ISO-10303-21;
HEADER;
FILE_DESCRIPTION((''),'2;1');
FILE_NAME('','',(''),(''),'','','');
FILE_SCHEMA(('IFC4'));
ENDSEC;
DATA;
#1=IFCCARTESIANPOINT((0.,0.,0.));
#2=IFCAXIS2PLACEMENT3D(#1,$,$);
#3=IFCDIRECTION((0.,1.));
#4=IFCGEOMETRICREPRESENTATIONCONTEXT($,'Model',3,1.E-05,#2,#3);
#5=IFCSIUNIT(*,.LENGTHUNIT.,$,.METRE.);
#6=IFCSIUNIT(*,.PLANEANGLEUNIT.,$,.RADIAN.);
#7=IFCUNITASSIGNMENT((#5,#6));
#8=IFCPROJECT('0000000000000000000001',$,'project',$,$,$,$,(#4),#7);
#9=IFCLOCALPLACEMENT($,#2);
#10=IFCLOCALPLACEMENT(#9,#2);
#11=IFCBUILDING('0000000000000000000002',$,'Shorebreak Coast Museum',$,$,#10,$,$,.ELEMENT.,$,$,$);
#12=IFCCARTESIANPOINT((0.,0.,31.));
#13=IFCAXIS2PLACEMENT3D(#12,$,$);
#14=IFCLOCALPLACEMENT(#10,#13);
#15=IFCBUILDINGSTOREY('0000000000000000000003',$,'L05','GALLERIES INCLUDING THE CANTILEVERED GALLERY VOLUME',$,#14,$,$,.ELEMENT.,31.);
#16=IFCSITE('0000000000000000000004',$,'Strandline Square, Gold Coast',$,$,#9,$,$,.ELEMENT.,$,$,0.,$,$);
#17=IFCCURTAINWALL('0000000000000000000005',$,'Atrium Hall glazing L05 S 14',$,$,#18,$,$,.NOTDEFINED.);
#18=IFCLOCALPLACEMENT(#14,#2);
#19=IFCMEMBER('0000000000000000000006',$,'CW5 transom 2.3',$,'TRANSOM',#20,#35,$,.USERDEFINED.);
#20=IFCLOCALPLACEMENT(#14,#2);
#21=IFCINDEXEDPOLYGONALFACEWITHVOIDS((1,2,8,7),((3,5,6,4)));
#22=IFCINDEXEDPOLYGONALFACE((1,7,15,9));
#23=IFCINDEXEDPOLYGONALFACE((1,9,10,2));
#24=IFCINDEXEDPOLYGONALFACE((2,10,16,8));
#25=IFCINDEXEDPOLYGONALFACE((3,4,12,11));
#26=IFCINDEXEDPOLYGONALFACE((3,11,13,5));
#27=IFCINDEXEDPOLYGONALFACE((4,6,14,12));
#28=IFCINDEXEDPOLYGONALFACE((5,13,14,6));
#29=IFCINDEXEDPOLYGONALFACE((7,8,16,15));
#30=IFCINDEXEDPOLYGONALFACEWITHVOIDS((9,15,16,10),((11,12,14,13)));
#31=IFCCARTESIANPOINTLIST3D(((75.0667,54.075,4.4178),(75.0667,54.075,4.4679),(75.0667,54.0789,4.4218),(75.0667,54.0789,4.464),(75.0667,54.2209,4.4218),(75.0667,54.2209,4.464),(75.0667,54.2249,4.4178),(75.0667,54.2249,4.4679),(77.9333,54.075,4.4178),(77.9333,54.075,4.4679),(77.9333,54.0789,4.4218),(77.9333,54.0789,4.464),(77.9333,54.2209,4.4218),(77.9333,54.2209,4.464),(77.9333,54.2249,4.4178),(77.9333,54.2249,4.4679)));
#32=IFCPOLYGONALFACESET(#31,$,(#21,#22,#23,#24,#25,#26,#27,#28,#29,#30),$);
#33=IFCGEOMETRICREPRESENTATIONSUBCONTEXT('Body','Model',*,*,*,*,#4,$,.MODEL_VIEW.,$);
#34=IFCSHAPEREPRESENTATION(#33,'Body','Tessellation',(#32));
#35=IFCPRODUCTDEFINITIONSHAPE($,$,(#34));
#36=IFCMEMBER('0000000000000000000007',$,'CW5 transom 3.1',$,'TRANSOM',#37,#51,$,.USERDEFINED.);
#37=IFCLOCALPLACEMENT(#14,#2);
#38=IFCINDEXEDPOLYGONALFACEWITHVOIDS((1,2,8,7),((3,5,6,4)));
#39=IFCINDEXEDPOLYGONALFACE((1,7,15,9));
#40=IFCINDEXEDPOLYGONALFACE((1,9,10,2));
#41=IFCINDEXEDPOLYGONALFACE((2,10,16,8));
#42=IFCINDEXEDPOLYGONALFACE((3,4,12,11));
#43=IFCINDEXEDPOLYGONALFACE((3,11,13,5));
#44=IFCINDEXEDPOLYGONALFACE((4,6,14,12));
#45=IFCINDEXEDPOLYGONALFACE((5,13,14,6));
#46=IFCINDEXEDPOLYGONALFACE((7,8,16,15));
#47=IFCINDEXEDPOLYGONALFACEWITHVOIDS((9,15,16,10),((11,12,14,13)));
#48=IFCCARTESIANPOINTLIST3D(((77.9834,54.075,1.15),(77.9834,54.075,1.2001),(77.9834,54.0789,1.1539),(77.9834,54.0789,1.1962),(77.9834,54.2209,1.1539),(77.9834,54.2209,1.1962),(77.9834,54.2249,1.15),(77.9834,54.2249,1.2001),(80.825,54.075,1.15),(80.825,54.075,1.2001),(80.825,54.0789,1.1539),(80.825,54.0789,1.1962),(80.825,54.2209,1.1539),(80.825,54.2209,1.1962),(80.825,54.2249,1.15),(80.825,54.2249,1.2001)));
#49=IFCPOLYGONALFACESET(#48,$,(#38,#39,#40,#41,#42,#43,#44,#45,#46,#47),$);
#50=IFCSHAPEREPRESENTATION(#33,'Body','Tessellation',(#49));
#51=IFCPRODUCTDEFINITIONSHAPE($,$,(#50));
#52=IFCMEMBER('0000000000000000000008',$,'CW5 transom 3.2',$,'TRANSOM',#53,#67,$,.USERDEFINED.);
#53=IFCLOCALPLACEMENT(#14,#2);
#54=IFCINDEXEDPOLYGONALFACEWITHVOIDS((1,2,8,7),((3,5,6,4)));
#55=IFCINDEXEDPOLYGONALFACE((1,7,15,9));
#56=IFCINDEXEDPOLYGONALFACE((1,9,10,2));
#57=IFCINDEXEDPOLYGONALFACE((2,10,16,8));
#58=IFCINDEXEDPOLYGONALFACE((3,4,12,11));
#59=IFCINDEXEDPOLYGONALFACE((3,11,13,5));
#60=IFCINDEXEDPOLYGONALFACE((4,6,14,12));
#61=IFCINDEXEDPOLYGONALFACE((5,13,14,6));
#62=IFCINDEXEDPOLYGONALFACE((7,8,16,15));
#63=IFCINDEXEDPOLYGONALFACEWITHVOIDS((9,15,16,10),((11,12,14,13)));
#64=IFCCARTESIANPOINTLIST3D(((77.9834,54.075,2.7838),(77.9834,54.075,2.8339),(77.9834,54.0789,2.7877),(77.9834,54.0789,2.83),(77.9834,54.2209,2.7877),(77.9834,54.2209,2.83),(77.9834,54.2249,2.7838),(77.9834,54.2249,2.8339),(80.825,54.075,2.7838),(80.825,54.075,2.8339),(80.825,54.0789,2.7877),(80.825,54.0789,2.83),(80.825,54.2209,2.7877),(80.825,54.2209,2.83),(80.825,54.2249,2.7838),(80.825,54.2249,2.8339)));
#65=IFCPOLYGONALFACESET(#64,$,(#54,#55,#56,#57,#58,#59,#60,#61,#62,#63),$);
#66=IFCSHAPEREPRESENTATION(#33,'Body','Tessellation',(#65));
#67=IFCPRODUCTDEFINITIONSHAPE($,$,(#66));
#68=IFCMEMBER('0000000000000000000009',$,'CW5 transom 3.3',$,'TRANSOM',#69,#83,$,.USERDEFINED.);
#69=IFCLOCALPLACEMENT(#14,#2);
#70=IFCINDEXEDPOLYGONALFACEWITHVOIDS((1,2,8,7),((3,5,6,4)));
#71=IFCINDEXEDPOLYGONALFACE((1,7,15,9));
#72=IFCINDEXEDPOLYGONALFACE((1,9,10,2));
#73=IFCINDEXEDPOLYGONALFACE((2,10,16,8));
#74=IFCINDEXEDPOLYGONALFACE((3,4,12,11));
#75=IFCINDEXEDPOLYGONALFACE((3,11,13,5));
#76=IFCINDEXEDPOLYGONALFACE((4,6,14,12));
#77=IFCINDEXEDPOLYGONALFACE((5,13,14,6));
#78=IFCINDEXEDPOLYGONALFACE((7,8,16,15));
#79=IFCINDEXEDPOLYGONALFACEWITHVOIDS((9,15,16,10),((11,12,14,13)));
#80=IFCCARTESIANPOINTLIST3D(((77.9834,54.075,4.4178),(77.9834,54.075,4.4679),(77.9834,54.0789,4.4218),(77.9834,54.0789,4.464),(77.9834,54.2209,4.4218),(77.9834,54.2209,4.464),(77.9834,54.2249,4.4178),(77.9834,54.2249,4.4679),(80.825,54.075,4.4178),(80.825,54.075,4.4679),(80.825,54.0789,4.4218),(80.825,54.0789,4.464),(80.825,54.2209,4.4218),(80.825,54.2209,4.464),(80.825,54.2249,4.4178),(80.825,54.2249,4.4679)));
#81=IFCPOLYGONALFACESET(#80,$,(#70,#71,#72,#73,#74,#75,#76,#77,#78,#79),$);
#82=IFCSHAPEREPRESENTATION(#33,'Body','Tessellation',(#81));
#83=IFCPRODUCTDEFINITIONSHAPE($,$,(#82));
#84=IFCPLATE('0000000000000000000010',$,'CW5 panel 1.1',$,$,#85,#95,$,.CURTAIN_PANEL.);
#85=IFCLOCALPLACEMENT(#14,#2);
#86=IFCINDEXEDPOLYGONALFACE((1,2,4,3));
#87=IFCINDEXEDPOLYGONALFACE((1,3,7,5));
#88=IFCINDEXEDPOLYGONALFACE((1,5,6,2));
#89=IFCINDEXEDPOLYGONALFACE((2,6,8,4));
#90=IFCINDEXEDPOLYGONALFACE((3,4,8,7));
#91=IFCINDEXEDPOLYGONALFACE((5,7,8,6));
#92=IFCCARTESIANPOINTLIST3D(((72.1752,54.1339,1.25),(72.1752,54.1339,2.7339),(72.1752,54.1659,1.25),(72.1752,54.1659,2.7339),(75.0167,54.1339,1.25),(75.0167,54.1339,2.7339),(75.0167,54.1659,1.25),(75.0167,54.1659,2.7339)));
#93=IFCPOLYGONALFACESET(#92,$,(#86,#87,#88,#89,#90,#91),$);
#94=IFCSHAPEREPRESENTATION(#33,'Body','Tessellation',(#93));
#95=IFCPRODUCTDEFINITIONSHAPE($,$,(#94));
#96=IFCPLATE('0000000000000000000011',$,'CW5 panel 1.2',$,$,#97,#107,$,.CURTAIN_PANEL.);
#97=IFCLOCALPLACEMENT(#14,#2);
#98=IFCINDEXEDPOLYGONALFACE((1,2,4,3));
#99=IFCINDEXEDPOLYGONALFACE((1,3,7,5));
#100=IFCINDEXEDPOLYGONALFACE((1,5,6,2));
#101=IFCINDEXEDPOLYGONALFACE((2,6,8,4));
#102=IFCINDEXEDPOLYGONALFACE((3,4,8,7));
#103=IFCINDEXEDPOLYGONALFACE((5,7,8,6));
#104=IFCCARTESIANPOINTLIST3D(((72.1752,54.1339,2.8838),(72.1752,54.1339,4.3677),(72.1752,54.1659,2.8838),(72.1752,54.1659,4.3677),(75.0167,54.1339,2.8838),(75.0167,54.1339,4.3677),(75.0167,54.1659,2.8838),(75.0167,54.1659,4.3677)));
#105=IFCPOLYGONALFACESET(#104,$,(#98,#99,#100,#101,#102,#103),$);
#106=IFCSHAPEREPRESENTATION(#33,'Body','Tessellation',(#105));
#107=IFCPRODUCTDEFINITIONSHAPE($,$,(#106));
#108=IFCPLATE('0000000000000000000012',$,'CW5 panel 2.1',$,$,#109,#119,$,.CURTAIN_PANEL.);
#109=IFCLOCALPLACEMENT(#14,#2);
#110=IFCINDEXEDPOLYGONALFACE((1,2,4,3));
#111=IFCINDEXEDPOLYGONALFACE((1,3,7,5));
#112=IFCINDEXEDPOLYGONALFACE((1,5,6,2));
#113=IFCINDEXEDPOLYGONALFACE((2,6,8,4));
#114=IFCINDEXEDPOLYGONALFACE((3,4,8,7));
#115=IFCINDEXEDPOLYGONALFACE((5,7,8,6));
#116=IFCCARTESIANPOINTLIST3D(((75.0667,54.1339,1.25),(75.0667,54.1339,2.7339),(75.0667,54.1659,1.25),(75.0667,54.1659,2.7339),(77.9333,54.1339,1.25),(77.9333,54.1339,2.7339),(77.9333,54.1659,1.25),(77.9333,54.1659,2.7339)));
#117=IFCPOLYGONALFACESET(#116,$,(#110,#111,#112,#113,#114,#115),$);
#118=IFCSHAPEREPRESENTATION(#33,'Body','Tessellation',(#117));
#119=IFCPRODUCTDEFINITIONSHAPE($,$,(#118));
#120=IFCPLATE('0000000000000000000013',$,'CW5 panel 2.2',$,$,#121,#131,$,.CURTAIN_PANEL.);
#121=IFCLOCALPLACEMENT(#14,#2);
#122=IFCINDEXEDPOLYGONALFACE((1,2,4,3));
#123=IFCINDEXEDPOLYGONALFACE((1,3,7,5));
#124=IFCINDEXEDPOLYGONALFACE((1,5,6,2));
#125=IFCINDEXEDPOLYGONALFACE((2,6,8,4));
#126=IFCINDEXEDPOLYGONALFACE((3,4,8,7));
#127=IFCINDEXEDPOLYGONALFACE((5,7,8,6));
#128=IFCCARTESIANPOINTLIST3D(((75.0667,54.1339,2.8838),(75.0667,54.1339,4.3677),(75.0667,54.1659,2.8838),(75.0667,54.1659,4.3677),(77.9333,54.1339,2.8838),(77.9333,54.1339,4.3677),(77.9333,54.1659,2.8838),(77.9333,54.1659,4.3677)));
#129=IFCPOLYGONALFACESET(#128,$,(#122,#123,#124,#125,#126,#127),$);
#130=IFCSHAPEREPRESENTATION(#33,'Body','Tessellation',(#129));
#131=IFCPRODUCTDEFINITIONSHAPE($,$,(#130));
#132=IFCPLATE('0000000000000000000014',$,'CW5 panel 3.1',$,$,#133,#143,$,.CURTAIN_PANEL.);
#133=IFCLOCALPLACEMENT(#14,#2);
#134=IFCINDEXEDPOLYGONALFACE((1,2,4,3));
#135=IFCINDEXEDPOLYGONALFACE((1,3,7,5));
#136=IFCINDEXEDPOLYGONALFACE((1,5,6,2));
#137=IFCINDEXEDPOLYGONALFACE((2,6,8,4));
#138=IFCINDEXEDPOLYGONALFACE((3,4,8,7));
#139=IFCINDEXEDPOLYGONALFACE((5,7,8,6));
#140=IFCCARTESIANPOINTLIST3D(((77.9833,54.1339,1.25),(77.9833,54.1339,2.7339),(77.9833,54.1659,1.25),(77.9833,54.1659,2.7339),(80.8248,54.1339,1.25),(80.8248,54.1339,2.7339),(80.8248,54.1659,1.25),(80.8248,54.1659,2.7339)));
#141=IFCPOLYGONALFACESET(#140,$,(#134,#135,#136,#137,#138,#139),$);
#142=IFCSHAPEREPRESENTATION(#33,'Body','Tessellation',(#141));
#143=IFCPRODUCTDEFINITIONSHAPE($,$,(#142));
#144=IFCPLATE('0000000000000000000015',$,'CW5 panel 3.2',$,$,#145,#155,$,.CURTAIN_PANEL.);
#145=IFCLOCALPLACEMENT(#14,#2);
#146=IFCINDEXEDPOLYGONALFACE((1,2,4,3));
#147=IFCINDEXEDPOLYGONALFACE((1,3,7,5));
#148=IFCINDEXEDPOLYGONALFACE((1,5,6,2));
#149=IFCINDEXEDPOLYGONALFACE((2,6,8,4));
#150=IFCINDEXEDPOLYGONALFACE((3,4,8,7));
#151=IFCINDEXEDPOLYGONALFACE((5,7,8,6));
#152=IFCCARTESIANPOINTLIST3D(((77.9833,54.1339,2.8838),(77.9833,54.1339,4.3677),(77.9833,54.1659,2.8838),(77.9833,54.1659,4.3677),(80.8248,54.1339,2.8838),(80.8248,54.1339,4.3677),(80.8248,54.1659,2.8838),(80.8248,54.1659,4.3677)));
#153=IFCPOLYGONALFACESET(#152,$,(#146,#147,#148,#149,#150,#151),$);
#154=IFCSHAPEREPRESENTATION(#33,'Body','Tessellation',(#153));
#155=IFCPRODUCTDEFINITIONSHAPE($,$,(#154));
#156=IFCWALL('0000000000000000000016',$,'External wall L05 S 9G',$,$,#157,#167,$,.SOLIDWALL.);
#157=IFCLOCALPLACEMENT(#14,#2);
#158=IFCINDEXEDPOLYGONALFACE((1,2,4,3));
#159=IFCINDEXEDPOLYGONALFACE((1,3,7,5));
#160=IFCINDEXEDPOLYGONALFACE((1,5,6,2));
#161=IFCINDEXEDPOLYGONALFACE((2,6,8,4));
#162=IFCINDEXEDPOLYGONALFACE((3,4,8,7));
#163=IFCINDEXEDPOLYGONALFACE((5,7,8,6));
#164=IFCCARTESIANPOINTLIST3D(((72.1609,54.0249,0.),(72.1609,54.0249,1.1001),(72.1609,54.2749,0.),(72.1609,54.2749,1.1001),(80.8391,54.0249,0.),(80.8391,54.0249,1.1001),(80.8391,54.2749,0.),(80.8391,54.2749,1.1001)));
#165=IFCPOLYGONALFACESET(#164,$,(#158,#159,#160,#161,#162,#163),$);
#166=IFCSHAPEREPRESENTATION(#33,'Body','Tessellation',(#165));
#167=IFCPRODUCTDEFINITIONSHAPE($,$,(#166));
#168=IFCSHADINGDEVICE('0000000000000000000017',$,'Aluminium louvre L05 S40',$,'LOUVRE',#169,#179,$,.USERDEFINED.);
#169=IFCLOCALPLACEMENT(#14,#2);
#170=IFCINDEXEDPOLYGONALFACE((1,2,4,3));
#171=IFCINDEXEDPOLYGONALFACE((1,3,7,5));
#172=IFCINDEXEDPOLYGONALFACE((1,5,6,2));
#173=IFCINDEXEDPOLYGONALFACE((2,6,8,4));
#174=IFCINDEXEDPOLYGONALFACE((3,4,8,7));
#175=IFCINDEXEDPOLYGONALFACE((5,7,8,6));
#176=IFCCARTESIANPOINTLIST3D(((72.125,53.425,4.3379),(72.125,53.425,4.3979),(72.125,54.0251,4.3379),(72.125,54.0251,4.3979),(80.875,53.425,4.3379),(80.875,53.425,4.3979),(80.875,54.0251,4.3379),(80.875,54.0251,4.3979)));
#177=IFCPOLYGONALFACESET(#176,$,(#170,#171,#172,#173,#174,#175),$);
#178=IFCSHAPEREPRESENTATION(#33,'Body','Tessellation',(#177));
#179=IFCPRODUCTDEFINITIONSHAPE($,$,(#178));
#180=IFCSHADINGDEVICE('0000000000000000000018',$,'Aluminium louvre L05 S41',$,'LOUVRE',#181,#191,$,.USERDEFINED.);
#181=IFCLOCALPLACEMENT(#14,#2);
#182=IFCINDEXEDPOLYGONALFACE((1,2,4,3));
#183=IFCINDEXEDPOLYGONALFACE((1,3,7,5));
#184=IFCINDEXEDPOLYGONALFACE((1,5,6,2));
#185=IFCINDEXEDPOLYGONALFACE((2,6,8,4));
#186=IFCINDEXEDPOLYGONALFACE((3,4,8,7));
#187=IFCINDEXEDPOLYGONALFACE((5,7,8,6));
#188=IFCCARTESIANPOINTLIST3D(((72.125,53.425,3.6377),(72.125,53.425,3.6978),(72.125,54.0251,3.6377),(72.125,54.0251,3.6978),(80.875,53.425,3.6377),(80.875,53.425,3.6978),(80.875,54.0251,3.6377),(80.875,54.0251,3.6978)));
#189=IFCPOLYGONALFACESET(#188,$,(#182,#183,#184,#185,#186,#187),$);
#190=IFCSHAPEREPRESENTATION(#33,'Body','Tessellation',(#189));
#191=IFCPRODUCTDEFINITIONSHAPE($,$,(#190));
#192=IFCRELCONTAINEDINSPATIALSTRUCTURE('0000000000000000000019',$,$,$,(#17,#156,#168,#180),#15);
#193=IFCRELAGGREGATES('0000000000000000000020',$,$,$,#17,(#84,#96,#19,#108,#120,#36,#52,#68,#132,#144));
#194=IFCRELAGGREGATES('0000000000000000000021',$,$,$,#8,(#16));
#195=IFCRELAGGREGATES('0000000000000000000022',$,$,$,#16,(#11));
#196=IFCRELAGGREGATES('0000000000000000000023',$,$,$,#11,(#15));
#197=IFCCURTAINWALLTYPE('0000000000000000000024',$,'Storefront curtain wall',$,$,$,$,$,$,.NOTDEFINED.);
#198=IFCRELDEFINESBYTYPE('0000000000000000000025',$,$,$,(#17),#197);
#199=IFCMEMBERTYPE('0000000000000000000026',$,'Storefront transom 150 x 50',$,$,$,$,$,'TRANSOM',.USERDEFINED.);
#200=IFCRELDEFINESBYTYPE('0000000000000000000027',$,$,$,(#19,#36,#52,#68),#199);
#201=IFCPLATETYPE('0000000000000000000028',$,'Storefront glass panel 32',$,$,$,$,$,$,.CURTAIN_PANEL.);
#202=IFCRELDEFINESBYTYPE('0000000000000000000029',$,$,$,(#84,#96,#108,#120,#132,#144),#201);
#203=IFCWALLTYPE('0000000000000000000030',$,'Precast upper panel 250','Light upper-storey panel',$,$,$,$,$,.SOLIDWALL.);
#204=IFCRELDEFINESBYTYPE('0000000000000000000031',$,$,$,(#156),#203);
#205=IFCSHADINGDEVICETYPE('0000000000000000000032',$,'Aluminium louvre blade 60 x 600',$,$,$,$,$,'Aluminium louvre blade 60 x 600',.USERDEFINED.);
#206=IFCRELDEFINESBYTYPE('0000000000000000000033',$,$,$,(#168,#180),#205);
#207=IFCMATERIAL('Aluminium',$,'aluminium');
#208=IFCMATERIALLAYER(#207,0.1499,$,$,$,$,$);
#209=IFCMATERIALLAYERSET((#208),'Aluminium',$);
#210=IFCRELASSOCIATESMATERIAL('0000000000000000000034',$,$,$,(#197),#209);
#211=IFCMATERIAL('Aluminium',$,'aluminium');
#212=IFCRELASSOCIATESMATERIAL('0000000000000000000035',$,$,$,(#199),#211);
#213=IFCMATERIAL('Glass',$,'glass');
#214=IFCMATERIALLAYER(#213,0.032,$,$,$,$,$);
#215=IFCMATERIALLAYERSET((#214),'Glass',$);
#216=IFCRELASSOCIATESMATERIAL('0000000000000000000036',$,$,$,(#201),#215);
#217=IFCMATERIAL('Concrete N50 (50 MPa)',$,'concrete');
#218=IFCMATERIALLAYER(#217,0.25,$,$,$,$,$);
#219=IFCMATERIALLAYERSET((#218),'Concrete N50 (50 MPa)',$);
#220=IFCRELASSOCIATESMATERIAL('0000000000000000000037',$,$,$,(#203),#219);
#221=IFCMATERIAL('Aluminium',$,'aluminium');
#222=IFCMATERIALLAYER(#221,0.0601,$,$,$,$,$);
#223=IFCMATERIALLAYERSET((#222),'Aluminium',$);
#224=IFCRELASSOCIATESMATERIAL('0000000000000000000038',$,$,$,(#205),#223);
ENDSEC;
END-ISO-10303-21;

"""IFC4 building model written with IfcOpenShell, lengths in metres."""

from ifc_helpers import new_model, si_unit, direction, frame, frame_2d, origin, origin_2d, place, context, subcontext, project, spatial, rectangle, hollow_rectangle, extrude, material, layer, layer_set, material_profile, profile_set, type_object, element, aggregate, save


model = new_model("IFC4")

# Units and contexts
model_context = context("Model", 3, precision=1e-05, world=origin(), true_north=direction((0.0, 1.0)))
body_context = subcontext(model_context, "Body", "Model", "MODEL_VIEW")
ifc_project = project(units=[si_unit("LENGTHUNIT", "METRE"), si_unit("PLANEANGLEUNIT", "RADIAN")], contexts=[model_context])

# Site, building, storey
site_placement = place(None, origin())
site = spatial("IfcSite", under=ifc_project, at=site_placement, Name="Strandline Square, Gold Coast", CompositionType="ELEMENT", RefElevation=0.0)
building_placement = place(site_placement, origin())
building = spatial("IfcBuilding", under=site, at=building_placement, Name="Shorebreak Coast Museum", CompositionType="ELEMENT")
storey_placement = place(building_placement, frame((0.0, 0.0, 31.0)))
storey = spatial("IfcBuildingStorey", under=building, at=storey_placement, Name="L05", Description="GALLERIES INCLUDING THE CANTILEVERED GALLERY VOLUME", CompositionType="ELEMENT", Elevation=31.0)

# Curtain wall, members, plates
ifc_material_1 = material(Name="Aluminium", Category="aluminium")
ifc_layer_1 = layer(ifc_material_1, 0.1499)
ifc_layer_set_1 = layer_set([ifc_layer_1], Name="Aluminium")
curtain_wall_type = type_object("IfcCurtainWallType", Name="Storefront curtain wall", PredefinedType="NOTDEFINED", material=ifc_layer_set_1)
curtain_wall_placement = place(storey_placement, origin())
curtain_wall = element("IfcCurtainWall", 1, at=curtain_wall_placement, inside=storey, type_object=curtain_wall_type, Name="Atrium Hall glazing L05 S 14", PredefinedType="NOTDEFINED")
ifc_material_2 = material(Name="Aluminium", Category="aluminium")
ifc_material_profile_1 = material_profile(ifc_material_2, hollow_rectangle(XDim=0.1499, YDim=0.05, WallThickness=0.0039, at=origin_2d()), Name="AL 50x150 RHS")
ifc_profile_set_1 = profile_set([ifc_material_profile_1], Name="Aluminium")
member_type_1 = type_object("IfcMemberType", Name="Storefront transom 150 x 50", ElementType="TRANSOM", PredefinedType="USERDEFINED", material=ifc_profile_set_1)
member_1_placement = place(storey_placement, frame((75.0667, 54.1499, 4.4429), z_axis=(1.0, 0.0, 0.0), x_axis=(0.0, 1.0, 0.0)))
member_1 = element("IfcMember", 2, at=member_1_placement, type_object=member_type_1, Name="CW5 transom 2.3", ObjectType="TRANSOM", PredefinedType="USERDEFINED", context=body_context, shape_type="SweptSolid", body=[
    extrude(hollow_rectangle(XDim=0.1499, YDim=0.05, WallThickness=0.0039, at=origin_2d()), origin(), (0.0, 0.0, 1.0), 2.8667),
])
member_2_placement = place(storey_placement, frame((77.9834, 54.1499, 1.175), z_axis=(1.0, 0.0, 0.0), x_axis=(0.0, 1.0, 0.0)))
member_2 = element("IfcMember", 3, at=member_2_placement, type_object=member_type_1, Name="CW5 transom 3.1", ObjectType="TRANSOM", PredefinedType="USERDEFINED", context=body_context, shape_type="SweptSolid", body=[
    extrude(hollow_rectangle(XDim=0.1499, YDim=0.05, WallThickness=0.0039, at=origin_2d()), origin(), (0.0, 0.0, 1.0), 2.8416),
])
member_3_placement = place(storey_placement, frame((77.9834, 54.1499, 2.8088), z_axis=(1.0, 0.0, 0.0), x_axis=(0.0, 1.0, 0.0)))
member_3 = element("IfcMember", 4, at=member_3_placement, type_object=member_type_1, Name="CW5 transom 3.2", ObjectType="TRANSOM", PredefinedType="USERDEFINED", context=body_context, shape_type="SweptSolid", body=[
    extrude(hollow_rectangle(XDim=0.1499, YDim=0.05, WallThickness=0.0039, at=origin_2d()), origin(), (0.0, 0.0, 1.0), 2.8416),
])
member_4_placement = place(storey_placement, frame((77.9834, 54.1499, 4.4429), z_axis=(1.0, 0.0, 0.0), x_axis=(0.0, 1.0, 0.0)))
member_4 = element("IfcMember", 5, at=member_4_placement, type_object=member_type_1, Name="CW5 transom 3.3", ObjectType="TRANSOM", PredefinedType="USERDEFINED", context=body_context, shape_type="SweptSolid", body=[
    extrude(hollow_rectangle(XDim=0.1499, YDim=0.05, WallThickness=0.0039, at=origin_2d()), origin(), (0.0, 0.0, 1.0), 2.8416),
])
ifc_material_3 = material(Name="Glass", Category="glass")
ifc_layer_2 = layer(ifc_material_3, 0.032)
ifc_layer_set_2 = layer_set([ifc_layer_2], Name="Glass")
plate_type = type_object("IfcPlateType", Name="Storefront glass panel 32", PredefinedType="CURTAIN_PANEL", material=ifc_layer_set_2)
plate_1_placement = place(storey_placement, frame((73.5959, 54.1499, 1.25), z_axis=(0.0, 0.0, 1.0), x_axis=(1.0, 0.0, 0.0)))
plate_1 = element("IfcPlate", 6, at=plate_1_placement, type_object=plate_type, Name="CW5 panel 1.1", PredefinedType="CURTAIN_PANEL", context=body_context, shape_type="SweptSolid", body=[
    extrude(rectangle(XDim=2.8416, YDim=0.032, at=origin_2d()), origin(), (0.0, 0.0, 1.0), 1.4839),
])
plate_2_placement = place(storey_placement, frame((73.5959, 54.1499, 2.8838), z_axis=(0.0, 0.0, 1.0), x_axis=(1.0, 0.0, 0.0)))
plate_2 = element("IfcPlate", 7, at=plate_2_placement, type_object=plate_type, Name="CW5 panel 1.2", PredefinedType="CURTAIN_PANEL", context=body_context, shape_type="SweptSolid", body=[
    extrude(rectangle(XDim=2.8416, YDim=0.032, at=origin_2d()), origin(), (0.0, 0.0, 1.0), 1.4839),
])
plate_3_placement = place(storey_placement, frame((76.5, 54.1499, 1.25), z_axis=(0.0, 0.0, 1.0), x_axis=(1.0, 0.0, 0.0)))
plate_3 = element("IfcPlate", 8, at=plate_3_placement, type_object=plate_type, Name="CW5 panel 2.1", PredefinedType="CURTAIN_PANEL", context=body_context, shape_type="SweptSolid", body=[
    extrude(rectangle(XDim=2.8667, YDim=0.032, at=origin_2d()), origin(), (0.0, 0.0, 1.0), 1.4839),
])
plate_4_placement = place(storey_placement, frame((76.5, 54.1499, 2.8838), z_axis=(0.0, 0.0, 1.0), x_axis=(1.0, 0.0, 0.0)))
plate_4 = element("IfcPlate", 9, at=plate_4_placement, type_object=plate_type, Name="CW5 panel 2.2", PredefinedType="CURTAIN_PANEL", context=body_context, shape_type="SweptSolid", body=[
    extrude(rectangle(XDim=2.8667, YDim=0.032, at=origin_2d()), origin(), (0.0, 0.0, 1.0), 1.4839),
])
plate_5_placement = place(storey_placement, frame((79.4041, 54.1499, 1.25), z_axis=(0.0, 0.0, 1.0), x_axis=(1.0, 0.0, 0.0)))
plate_5 = element("IfcPlate", 10, at=plate_5_placement, type_object=plate_type, Name="CW5 panel 3.1", PredefinedType="CURTAIN_PANEL", context=body_context, shape_type="SweptSolid", body=[
    extrude(rectangle(XDim=2.8416, YDim=0.032, at=origin_2d()), origin(), (0.0, 0.0, 1.0), 1.4839),
])
plate_6_placement = place(storey_placement, frame((79.4041, 54.1499, 2.8838), z_axis=(0.0, 0.0, 1.0), x_axis=(1.0, 0.0, 0.0)))
plate_6 = element("IfcPlate", 11, at=plate_6_placement, type_object=plate_type, Name="CW5 panel 3.2", PredefinedType="CURTAIN_PANEL", context=body_context, shape_type="SweptSolid", body=[
    extrude(rectangle(XDim=2.8416, YDim=0.032, at=origin_2d()), origin(), (0.0, 0.0, 1.0), 1.4839),
])
aggregate(curtain_wall, [plate_1, plate_2, member_1, plate_3, plate_4, member_2, member_3, member_4, plate_5, plate_6])

# Wall
ifc_material_4 = material(Name="Concrete N50 (50 MPa)", Category="concrete")
ifc_layer_3 = layer(ifc_material_4, 0.25)
ifc_layer_set_3 = layer_set([ifc_layer_3], Name="Concrete N50 (50 MPa)")
wall_type = type_object("IfcWallType", Name="Precast upper panel 250", Description="Light upper-storey panel", PredefinedType="SOLIDWALL", material=ifc_layer_set_3)
wall_placement = place(storey_placement, frame((72.1609, 54.1499, 0.0), z_axis=(0.0, 0.0, 1.0), x_axis=(1.0, 0.0, 0.0)))
element("IfcWall", 12, at=wall_placement, inside=storey, type_object=wall_type, Name="External wall L05 S 9G", PredefinedType="SOLIDWALL", context=body_context, shape_type="SweptSolid", body=[
    extrude(rectangle(XDim=8.6782, YDim=0.25, at=frame_2d((4.3391, 0.0))), origin(), (0.0, 0.0, 1.0), 1.1001),
])

# Shading devices
ifc_material_5 = material(Name="Aluminium", Category="aluminium")
ifc_layer_4 = layer(ifc_material_5, 0.0601)
ifc_layer_set_4 = layer_set([ifc_layer_4], Name="Aluminium")
shading_device_type = type_object("IfcShadingDeviceType", Name="Aluminium louvre blade 60 x 600", ElementType="Aluminium louvre blade 60 x 600", PredefinedType="USERDEFINED", material=ifc_layer_set_4)
for number, where, z_axis, x_axis, name in (
    (13, (76.5, 53.7251, 4.3379), (0.0, 0.0, 1.0), (1.0, 0.0, 0.0), "Aluminium louvre L05 S40"),
    (14, (76.5, 53.7251, 3.6377), (0.0, 0.0, 1.0), (1.0, 0.0, 0.0), "Aluminium louvre L05 S41"),
):
    element("IfcShadingDevice", number, at=place(storey_placement, frame(where, z_axis=z_axis, x_axis=x_axis)), inside=storey, type_object=shading_device_type, Name=name, ObjectType="LOUVRE", PredefinedType="USERDEFINED", context=body_context, shape_type="SweptSolid", body=[
        extrude(rectangle(XDim=8.75, YDim=0.6001, at=origin_2d()), origin(), (0.0, 0.0, 1.0), 0.0601),
    ])

save(model, "model.ifc")
